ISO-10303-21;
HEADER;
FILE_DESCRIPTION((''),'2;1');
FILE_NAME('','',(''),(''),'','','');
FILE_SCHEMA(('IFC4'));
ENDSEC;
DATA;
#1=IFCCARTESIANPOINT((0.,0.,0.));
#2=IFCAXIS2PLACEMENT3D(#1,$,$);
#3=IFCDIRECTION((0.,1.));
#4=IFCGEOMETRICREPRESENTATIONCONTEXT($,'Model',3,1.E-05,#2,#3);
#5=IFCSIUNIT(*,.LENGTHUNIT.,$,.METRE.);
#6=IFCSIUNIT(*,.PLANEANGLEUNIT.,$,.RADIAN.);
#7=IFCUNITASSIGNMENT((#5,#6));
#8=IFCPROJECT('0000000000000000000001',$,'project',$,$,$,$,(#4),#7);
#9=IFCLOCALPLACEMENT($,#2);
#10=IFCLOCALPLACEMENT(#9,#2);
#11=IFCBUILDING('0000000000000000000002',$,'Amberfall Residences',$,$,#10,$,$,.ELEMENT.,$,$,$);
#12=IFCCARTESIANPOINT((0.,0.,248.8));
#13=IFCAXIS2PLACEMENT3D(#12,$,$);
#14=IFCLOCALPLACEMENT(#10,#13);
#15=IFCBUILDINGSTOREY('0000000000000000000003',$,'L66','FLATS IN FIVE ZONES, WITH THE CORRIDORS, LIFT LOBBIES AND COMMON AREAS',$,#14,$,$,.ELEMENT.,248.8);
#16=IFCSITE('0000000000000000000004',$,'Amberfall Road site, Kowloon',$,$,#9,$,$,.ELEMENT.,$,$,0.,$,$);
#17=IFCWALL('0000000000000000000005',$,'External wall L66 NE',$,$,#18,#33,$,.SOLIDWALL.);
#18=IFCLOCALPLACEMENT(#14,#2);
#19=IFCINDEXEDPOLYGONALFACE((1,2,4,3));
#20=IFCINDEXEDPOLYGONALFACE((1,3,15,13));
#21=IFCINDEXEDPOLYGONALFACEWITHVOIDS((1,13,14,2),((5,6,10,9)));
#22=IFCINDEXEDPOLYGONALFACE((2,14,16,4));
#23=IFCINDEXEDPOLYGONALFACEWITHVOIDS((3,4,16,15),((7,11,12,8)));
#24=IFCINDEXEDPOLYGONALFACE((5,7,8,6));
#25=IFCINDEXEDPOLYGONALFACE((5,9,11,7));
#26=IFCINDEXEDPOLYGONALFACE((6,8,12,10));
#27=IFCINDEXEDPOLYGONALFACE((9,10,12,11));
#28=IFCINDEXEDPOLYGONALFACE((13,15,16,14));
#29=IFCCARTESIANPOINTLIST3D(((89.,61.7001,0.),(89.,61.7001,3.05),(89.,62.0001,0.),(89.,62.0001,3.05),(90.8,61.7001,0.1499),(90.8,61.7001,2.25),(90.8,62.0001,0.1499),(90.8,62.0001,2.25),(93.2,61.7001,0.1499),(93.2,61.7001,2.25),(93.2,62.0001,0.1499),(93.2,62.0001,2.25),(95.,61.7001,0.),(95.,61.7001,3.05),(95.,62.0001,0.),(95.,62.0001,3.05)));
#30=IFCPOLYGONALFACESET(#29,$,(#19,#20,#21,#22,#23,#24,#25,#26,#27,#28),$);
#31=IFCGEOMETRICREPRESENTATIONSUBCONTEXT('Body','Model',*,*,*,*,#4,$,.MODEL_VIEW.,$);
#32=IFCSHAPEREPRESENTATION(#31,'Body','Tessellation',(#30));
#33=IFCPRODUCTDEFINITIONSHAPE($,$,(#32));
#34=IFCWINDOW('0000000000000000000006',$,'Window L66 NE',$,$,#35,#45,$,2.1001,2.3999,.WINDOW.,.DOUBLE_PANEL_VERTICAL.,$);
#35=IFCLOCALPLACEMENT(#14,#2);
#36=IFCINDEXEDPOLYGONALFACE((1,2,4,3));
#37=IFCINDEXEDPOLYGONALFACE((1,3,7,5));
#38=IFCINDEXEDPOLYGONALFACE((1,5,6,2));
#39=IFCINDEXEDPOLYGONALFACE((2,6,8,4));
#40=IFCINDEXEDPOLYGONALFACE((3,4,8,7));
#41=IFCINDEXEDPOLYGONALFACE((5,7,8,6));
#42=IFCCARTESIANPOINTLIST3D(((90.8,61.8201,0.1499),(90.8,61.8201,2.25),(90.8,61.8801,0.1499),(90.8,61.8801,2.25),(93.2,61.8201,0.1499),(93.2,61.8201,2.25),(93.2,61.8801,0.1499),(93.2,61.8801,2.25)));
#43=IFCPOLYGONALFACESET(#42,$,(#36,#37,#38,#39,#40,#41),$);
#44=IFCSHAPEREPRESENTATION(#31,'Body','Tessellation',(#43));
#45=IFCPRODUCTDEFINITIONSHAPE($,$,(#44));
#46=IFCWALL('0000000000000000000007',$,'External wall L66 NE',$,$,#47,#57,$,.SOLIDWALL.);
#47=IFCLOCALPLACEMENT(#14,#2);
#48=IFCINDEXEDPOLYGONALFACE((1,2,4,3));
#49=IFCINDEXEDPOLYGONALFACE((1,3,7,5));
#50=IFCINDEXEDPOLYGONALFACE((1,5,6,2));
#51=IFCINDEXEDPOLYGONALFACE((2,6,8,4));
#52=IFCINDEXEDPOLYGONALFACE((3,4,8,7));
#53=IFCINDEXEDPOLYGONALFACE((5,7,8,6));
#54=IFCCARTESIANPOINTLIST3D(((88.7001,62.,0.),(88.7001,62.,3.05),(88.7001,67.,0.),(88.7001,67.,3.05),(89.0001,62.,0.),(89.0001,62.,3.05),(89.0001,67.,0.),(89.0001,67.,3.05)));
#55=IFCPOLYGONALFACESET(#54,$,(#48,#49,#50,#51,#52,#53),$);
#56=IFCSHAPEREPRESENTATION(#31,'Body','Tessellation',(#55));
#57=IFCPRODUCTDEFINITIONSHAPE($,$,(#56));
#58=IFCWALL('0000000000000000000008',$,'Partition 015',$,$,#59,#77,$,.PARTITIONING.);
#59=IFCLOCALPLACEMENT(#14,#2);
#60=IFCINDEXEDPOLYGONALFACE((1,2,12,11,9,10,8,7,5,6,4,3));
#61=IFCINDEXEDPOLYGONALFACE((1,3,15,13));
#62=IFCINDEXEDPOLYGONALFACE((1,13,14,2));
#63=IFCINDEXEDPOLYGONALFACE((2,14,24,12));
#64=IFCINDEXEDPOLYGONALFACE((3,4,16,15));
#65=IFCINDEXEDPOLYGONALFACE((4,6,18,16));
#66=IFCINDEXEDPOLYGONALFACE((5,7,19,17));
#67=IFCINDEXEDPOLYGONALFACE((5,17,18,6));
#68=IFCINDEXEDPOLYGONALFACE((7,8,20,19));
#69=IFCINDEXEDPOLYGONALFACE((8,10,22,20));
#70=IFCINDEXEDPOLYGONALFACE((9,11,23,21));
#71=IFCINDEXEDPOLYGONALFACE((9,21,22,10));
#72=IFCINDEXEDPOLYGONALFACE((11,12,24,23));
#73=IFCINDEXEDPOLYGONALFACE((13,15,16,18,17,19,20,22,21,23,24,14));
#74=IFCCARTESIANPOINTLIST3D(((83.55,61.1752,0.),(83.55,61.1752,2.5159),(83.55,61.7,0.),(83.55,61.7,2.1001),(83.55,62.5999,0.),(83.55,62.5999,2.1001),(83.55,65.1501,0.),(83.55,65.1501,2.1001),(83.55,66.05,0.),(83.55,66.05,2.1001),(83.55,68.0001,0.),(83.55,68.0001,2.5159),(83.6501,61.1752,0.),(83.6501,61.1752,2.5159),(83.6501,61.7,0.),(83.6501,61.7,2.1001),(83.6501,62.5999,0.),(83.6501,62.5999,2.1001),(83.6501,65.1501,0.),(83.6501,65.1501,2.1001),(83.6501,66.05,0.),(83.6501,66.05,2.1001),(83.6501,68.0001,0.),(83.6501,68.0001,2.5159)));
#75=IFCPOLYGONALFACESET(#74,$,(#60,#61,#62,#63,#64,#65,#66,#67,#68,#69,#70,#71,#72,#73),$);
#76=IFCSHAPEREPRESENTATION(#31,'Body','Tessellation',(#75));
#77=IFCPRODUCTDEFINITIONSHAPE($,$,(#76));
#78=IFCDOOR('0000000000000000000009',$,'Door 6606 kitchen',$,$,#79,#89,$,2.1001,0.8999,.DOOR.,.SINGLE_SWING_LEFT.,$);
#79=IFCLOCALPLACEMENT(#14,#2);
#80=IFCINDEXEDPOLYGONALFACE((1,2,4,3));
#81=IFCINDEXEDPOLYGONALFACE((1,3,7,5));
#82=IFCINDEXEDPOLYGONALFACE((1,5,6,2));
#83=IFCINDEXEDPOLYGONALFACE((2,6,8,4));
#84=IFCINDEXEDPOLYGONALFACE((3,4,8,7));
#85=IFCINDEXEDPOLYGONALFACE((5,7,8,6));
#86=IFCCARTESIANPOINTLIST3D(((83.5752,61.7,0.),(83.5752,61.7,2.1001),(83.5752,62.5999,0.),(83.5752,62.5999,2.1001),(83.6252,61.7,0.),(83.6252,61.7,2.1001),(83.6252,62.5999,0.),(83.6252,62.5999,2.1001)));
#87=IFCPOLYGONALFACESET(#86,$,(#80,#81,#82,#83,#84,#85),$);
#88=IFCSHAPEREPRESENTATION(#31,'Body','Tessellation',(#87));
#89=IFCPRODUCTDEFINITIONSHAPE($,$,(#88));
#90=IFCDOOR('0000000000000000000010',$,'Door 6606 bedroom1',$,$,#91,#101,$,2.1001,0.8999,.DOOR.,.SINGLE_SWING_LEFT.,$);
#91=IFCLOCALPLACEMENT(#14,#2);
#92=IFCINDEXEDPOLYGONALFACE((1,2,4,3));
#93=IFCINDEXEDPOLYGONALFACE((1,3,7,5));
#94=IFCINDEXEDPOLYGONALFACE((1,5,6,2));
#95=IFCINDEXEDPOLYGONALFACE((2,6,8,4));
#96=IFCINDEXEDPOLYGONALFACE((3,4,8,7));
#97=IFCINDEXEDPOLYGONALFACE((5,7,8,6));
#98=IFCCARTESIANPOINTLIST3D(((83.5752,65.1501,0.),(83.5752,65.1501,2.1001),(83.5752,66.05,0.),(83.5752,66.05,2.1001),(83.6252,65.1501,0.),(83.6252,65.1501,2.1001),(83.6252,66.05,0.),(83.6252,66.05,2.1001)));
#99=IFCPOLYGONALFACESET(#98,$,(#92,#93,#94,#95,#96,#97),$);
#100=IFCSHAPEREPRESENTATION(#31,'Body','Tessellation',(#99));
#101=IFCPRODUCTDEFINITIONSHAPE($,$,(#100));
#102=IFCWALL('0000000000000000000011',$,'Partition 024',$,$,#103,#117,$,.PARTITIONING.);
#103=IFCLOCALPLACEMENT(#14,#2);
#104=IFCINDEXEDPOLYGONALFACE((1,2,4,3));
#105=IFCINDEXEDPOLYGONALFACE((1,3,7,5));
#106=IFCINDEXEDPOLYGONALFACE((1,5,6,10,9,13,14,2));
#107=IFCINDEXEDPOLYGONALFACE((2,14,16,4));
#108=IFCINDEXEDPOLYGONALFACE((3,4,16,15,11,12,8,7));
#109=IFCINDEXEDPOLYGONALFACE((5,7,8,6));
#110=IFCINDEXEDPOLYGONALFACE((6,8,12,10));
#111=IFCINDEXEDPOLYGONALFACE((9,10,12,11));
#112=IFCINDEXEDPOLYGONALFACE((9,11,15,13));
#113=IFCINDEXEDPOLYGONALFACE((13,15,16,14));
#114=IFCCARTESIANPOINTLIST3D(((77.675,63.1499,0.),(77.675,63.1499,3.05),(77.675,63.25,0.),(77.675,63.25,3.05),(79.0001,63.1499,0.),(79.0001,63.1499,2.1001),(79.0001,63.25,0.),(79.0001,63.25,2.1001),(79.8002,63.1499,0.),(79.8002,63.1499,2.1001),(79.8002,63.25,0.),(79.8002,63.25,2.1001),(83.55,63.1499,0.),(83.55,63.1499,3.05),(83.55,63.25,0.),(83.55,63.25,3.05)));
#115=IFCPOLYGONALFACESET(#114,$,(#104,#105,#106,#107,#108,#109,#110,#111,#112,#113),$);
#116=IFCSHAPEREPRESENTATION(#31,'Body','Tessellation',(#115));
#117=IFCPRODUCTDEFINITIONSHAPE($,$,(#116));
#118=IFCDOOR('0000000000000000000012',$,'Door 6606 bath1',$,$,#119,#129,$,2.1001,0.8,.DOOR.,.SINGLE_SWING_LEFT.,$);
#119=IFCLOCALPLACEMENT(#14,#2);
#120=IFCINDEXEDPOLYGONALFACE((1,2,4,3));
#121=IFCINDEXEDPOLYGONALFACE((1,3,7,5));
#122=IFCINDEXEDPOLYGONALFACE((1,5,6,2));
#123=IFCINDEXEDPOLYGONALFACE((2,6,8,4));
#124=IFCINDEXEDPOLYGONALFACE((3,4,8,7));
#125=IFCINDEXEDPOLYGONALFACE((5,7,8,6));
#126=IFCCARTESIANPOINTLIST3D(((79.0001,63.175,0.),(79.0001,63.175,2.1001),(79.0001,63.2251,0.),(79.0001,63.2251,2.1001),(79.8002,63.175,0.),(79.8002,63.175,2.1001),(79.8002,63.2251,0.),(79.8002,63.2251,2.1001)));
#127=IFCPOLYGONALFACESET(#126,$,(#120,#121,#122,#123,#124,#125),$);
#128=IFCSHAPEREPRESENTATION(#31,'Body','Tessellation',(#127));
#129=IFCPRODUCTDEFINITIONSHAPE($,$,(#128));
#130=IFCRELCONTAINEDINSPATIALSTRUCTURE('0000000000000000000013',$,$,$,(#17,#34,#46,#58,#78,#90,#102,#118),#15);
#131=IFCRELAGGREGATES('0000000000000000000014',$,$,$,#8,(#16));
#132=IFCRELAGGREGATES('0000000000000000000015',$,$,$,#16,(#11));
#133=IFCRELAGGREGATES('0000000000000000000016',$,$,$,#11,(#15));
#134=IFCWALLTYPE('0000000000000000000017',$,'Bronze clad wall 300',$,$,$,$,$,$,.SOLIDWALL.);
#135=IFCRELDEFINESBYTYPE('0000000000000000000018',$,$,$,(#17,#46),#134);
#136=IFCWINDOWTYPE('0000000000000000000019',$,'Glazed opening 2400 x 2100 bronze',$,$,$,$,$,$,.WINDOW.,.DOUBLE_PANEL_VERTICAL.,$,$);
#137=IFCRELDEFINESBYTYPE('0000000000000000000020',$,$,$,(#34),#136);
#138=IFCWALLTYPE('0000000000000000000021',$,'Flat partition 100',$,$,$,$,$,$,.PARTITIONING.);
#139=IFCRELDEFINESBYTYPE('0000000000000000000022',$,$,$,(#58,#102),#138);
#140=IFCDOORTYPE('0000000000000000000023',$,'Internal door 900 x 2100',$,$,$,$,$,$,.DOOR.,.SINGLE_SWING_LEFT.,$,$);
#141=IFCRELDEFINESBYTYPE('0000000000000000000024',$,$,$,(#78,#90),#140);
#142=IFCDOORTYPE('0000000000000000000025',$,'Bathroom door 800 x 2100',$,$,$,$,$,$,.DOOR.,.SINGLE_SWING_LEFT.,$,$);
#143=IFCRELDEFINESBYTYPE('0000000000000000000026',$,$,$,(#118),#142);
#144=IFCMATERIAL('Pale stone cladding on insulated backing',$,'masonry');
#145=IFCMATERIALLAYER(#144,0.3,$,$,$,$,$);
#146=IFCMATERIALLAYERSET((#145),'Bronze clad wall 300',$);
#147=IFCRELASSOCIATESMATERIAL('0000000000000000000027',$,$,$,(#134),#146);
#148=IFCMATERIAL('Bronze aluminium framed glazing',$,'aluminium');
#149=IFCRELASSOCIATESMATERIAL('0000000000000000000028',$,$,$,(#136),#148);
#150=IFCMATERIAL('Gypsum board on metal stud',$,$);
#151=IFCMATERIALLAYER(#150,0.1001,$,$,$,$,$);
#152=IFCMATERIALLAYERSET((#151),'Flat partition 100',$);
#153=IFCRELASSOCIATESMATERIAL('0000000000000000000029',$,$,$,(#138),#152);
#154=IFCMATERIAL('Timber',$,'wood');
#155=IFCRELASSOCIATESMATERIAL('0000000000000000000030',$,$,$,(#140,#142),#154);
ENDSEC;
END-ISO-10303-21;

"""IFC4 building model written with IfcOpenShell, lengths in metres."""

from ifc_helpers import new_model, si_unit, direction, frame, frame_2d, origin, place, context, subcontext, project, spatial, rectangle, extrude, material, layer, layer_set, type_object, element, fill, save


model = new_model("IFC4")

# Units and contexts
model_context = context("Model", 3, precision=1e-05, world=origin(), true_north=direction((0.0, 1.0)))
body_context = subcontext(model_context, "Body", "Model", "MODEL_VIEW")
ifc_project = project(units=[si_unit("LENGTHUNIT", "METRE"), si_unit("PLANEANGLEUNIT", "RADIAN")], contexts=[model_context])

# Site, building, storey
site_placement = place(None, origin())
site = spatial("IfcSite", under=ifc_project, at=site_placement, Name="Amberfall Road site, Kowloon", CompositionType="ELEMENT", RefElevation=0.0)
building_placement = place(site_placement, origin())
building = spatial("IfcBuilding", under=site, at=building_placement, Name="Amberfall Residences", CompositionType="ELEMENT")
storey_placement = place(building_placement, frame((0.0, 0.0, 248.8)))
storey = spatial("IfcBuildingStorey", under=building, at=storey_placement, Name="L66", Description="FLATS IN FIVE ZONES, WITH THE CORRIDORS, LIFT LOBBIES AND COMMON AREAS", CompositionType="ELEMENT", Elevation=248.8)

# Wall, opening, window
ifc_material_1 = material(Name="Pale stone cladding on insulated backing", Category="masonry")
ifc_layer_1 = layer(ifc_material_1, 0.3)
ifc_layer_set_1 = layer_set([ifc_layer_1], Name="Bronze clad wall 300")
wall_type_1 = type_object("IfcWallType", Name="Bronze clad wall 300", PredefinedType="SOLIDWALL", material=ifc_layer_set_1)
wall_1_placement = place(storey_placement, frame((95.0, 61.8501, 0.0), z_axis=(0.0, 0.0, 1.0), x_axis=(-1.0, 0.0, 0.0)))
wall_1 = element("IfcWall", 1, at=wall_1_placement, inside=storey, type_object=wall_type_1, Name="External wall L66 NE", PredefinedType="SOLIDWALL", context=body_context, shape_type="SweptSolid", body=[
    extrude(rectangle(XDim=6.0, YDim=0.3, at=frame_2d((3.0, 0.0))), origin(), (0.0, 0.0, 1.0), 3.05),
])
opening_1_placement = place(wall_1_placement, frame((1.8, 0.0, 0.1499)))
opening_1 = element("IfcOpeningElement", 2, at=opening_1_placement, cuts=wall_1, PredefinedType="OPENING", context=body_context, shape_type="SweptSolid", body=[
    extrude(rectangle(XDim=2.3999, YDim=2.1001, at=frame_2d((1.2, 1.05))), frame((0.0, 0.1599, 0.0), z_axis=(0.0, -1.0, 0.0), x_axis=(1.0, 0.0, 0.0)), (0.0, 0.0, 1.0), 0.3201),
])
ifc_material_2 = material(Name="Bronze aluminium framed glazing", Category="aluminium")
window_type = type_object("IfcWindowType", Name="Glazed opening 2400 x 2100 bronze", PartitioningType="DOUBLE_PANEL_VERTICAL", PredefinedType="WINDOW", material=ifc_material_2)
window_placement = place(opening_1_placement, origin())
window = element("IfcWindow", 3, at=window_placement, inside=storey, type_object=window_type, Name="Window L66 NE", OverallHeight=2.1001, OverallWidth=2.3999, PartitioningType="DOUBLE_PANEL_VERTICAL", PredefinedType="WINDOW", context=body_context, shape_type="SweptSolid", body=[
    extrude(rectangle(XDim=2.3999, YDim=2.1001, at=frame_2d((1.2, 1.05))), frame((0.0, 0.03, 0.0), z_axis=(0.0, -1.0, 0.0), x_axis=(1.0, 0.0, 0.0)), (0.0, 0.0, 1.0), 0.0601),
])
fill(opening_1, window)

# Wall
wall_2_placement = place(storey_placement, frame((88.8501, 62.0, 0.0), z_axis=(0.0, 0.0, 1.0), x_axis=(0.0, 1.0, 0.0)))
element("IfcWall", 4, at=wall_2_placement, inside=storey, type_object=wall_type_1, Name="External wall L66 NE", PredefinedType="SOLIDWALL", context=body_context, shape_type="SweptSolid", body=[
    extrude(rectangle(XDim=5.0, YDim=0.3, at=frame_2d((2.5, 0.0))), origin(), (0.0, 0.0, 1.0), 3.05),
])

# Wall, openings, doors
ifc_material_3 = material(Name="Gypsum board on metal stud")
ifc_layer_2 = layer(ifc_material_3, 0.1001)
ifc_layer_set_2 = layer_set([ifc_layer_2], Name="Flat partition 100")
wall_type_2 = type_object("IfcWallType", Name="Flat partition 100", PredefinedType="PARTITIONING", material=ifc_layer_set_2)
wall_3_placement = place(storey_placement, frame((83.6001, 61.175, 0.0), z_axis=(0.0, 0.0, 1.0), x_axis=(0.0, 1.0, 0.0)))
wall_3 = element("IfcWall", 5, at=wall_3_placement, inside=storey, type_object=wall_type_2, Name="Partition 015", PredefinedType="PARTITIONING", context=body_context, shape_type="SweptSolid", body=[
    extrude(rectangle(XDim=6.825, YDim=0.1001, at=frame_2d((3.4126, 0.0))), origin(), (0.0, 0.0, 1.0), 2.5159),
])
opening_2_placement = place(wall_3_placement, frame((0.5249, 0.0, 0.0)))
opening_2 = element("IfcOpeningElement", 6, at=opening_2_placement, cuts=wall_3, PredefinedType="OPENING", context=body_context, shape_type="SweptSolid", body=[
    extrude(rectangle(XDim=0.8999, YDim=2.1001, at=frame_2d((0.45, 1.05))), frame((0.0, 0.0601, 0.0), z_axis=(0.0, -1.0, 0.0), x_axis=(1.0, 0.0, 0.0)), (0.0, 0.0, 1.0), 0.1201),
])
opening_3_placement = place(wall_3_placement, frame((3.9751, 0.0, 0.0)))
opening_3 = element("IfcOpeningElement", 7, at=opening_3_placement, cuts=wall_3, PredefinedType="OPENING", context=body_context, shape_type="SweptSolid", body=[
    extrude(rectangle(XDim=0.8999, YDim=2.1001, at=frame_2d((0.45, 1.05))), frame((0.0, 0.0601, 0.0), z_axis=(0.0, -1.0, 0.0), x_axis=(1.0, 0.0, 0.0)), (0.0, 0.0, 1.0), 0.1201),
])
ifc_material_4 = material(Name="Timber", Category="wood")
door_type_1 = type_object("IfcDoorType", Name="Internal door 900 x 2100", OperationType="SINGLE_SWING_LEFT", PredefinedType="DOOR", material=ifc_material_4)
door_1_placement = place(opening_2_placement, origin())
door_1 = element("IfcDoor", 8, at=door_1_placement, inside=storey, type_object=door_type_1, Name="Door 6606 kitchen", OperationType="SINGLE_SWING_LEFT", OverallHeight=2.1001, OverallWidth=0.8999, PredefinedType="DOOR", context=body_context, shape_type="SweptSolid", body=[
    extrude(rectangle(XDim=0.8999, YDim=2.1001, at=frame_2d((0.45, 1.05))), frame((0.0, 0.0249, 0.0), z_axis=(0.0, -1.0, 0.0), x_axis=(1.0, 0.0, 0.0)), (0.0, 0.0, 1.0), 0.05),
])
fill(opening_2, door_1)
door_2_placement = place(opening_3_placement, origin())
door_2 = element("IfcDoor", 9, at=door_2_placement, inside=storey, type_object=door_type_1, Name="Door 6606 bedroom1", OperationType="SINGLE_SWING_LEFT", OverallHeight=2.1001, OverallWidth=0.8999, PredefinedType="DOOR", context=body_context, shape_type="SweptSolid", body=[
    extrude(rectangle(XDim=0.8999, YDim=2.1001, at=frame_2d((0.45, 1.05))), frame((0.0, 0.0249, 0.0), z_axis=(0.0, -1.0, 0.0), x_axis=(1.0, 0.0, 0.0)), (0.0, 0.0, 1.0), 0.05),
])
fill(opening_3, door_2)

# Wall, opening, door
wall_4_placement = place(storey_placement, frame((83.55, 63.2, 0.0), z_axis=(0.0, 0.0, 1.0), x_axis=(-1.0, 0.0, 0.0)))
wall_4 = element("IfcWall", 10, at=wall_4_placement, inside=storey, type_object=wall_type_2, Name="Partition 024", PredefinedType="PARTITIONING", context=body_context, shape_type="SweptSolid", body=[
    extrude(rectangle(XDim=5.875, YDim=0.1001, at=frame_2d((2.9375, 0.0))), origin(), (0.0, 0.0, 1.0), 3.05),
])
opening_4_placement = place(wall_4_placement, frame((3.75, 0.0, 0.0)))
opening_4 = element("IfcOpeningElement", 11, at=opening_4_placement, cuts=wall_4, PredefinedType="OPENING", context=body_context, shape_type="SweptSolid", body=[
    extrude(rectangle(XDim=0.8, YDim=2.1001, at=frame_2d((0.3999, 1.05))), frame((0.0, 0.0601, 0.0), z_axis=(0.0, -1.0, 0.0), x_axis=(1.0, 0.0, 0.0)), (0.0, 0.0, 1.0), 0.1201),
])
door_type_2 = type_object("IfcDoorType", Name="Bathroom door 800 x 2100", OperationType="SINGLE_SWING_LEFT", PredefinedType="DOOR", material=ifc_material_4)
door_3_placement = place(opening_4_placement, origin())
door_3 = element("IfcDoor", 12, at=door_3_placement, inside=storey, type_object=door_type_2, Name="Door 6606 bath1", OperationType="SINGLE_SWING_LEFT", OverallHeight=2.1001, OverallWidth=0.8, PredefinedType="DOOR", context=body_context, shape_type="SweptSolid", body=[
    extrude(rectangle(XDim=0.8, YDim=2.1001, at=frame_2d((0.3999, 1.05))), frame((0.0, 0.0249, 0.0), z_axis=(0.0, -1.0, 0.0), x_axis=(1.0, 0.0, 0.0)), (0.0, 0.0, 1.0), 0.05),
])
fill(opening_4, door_3)

save(model, "model.ifc")
